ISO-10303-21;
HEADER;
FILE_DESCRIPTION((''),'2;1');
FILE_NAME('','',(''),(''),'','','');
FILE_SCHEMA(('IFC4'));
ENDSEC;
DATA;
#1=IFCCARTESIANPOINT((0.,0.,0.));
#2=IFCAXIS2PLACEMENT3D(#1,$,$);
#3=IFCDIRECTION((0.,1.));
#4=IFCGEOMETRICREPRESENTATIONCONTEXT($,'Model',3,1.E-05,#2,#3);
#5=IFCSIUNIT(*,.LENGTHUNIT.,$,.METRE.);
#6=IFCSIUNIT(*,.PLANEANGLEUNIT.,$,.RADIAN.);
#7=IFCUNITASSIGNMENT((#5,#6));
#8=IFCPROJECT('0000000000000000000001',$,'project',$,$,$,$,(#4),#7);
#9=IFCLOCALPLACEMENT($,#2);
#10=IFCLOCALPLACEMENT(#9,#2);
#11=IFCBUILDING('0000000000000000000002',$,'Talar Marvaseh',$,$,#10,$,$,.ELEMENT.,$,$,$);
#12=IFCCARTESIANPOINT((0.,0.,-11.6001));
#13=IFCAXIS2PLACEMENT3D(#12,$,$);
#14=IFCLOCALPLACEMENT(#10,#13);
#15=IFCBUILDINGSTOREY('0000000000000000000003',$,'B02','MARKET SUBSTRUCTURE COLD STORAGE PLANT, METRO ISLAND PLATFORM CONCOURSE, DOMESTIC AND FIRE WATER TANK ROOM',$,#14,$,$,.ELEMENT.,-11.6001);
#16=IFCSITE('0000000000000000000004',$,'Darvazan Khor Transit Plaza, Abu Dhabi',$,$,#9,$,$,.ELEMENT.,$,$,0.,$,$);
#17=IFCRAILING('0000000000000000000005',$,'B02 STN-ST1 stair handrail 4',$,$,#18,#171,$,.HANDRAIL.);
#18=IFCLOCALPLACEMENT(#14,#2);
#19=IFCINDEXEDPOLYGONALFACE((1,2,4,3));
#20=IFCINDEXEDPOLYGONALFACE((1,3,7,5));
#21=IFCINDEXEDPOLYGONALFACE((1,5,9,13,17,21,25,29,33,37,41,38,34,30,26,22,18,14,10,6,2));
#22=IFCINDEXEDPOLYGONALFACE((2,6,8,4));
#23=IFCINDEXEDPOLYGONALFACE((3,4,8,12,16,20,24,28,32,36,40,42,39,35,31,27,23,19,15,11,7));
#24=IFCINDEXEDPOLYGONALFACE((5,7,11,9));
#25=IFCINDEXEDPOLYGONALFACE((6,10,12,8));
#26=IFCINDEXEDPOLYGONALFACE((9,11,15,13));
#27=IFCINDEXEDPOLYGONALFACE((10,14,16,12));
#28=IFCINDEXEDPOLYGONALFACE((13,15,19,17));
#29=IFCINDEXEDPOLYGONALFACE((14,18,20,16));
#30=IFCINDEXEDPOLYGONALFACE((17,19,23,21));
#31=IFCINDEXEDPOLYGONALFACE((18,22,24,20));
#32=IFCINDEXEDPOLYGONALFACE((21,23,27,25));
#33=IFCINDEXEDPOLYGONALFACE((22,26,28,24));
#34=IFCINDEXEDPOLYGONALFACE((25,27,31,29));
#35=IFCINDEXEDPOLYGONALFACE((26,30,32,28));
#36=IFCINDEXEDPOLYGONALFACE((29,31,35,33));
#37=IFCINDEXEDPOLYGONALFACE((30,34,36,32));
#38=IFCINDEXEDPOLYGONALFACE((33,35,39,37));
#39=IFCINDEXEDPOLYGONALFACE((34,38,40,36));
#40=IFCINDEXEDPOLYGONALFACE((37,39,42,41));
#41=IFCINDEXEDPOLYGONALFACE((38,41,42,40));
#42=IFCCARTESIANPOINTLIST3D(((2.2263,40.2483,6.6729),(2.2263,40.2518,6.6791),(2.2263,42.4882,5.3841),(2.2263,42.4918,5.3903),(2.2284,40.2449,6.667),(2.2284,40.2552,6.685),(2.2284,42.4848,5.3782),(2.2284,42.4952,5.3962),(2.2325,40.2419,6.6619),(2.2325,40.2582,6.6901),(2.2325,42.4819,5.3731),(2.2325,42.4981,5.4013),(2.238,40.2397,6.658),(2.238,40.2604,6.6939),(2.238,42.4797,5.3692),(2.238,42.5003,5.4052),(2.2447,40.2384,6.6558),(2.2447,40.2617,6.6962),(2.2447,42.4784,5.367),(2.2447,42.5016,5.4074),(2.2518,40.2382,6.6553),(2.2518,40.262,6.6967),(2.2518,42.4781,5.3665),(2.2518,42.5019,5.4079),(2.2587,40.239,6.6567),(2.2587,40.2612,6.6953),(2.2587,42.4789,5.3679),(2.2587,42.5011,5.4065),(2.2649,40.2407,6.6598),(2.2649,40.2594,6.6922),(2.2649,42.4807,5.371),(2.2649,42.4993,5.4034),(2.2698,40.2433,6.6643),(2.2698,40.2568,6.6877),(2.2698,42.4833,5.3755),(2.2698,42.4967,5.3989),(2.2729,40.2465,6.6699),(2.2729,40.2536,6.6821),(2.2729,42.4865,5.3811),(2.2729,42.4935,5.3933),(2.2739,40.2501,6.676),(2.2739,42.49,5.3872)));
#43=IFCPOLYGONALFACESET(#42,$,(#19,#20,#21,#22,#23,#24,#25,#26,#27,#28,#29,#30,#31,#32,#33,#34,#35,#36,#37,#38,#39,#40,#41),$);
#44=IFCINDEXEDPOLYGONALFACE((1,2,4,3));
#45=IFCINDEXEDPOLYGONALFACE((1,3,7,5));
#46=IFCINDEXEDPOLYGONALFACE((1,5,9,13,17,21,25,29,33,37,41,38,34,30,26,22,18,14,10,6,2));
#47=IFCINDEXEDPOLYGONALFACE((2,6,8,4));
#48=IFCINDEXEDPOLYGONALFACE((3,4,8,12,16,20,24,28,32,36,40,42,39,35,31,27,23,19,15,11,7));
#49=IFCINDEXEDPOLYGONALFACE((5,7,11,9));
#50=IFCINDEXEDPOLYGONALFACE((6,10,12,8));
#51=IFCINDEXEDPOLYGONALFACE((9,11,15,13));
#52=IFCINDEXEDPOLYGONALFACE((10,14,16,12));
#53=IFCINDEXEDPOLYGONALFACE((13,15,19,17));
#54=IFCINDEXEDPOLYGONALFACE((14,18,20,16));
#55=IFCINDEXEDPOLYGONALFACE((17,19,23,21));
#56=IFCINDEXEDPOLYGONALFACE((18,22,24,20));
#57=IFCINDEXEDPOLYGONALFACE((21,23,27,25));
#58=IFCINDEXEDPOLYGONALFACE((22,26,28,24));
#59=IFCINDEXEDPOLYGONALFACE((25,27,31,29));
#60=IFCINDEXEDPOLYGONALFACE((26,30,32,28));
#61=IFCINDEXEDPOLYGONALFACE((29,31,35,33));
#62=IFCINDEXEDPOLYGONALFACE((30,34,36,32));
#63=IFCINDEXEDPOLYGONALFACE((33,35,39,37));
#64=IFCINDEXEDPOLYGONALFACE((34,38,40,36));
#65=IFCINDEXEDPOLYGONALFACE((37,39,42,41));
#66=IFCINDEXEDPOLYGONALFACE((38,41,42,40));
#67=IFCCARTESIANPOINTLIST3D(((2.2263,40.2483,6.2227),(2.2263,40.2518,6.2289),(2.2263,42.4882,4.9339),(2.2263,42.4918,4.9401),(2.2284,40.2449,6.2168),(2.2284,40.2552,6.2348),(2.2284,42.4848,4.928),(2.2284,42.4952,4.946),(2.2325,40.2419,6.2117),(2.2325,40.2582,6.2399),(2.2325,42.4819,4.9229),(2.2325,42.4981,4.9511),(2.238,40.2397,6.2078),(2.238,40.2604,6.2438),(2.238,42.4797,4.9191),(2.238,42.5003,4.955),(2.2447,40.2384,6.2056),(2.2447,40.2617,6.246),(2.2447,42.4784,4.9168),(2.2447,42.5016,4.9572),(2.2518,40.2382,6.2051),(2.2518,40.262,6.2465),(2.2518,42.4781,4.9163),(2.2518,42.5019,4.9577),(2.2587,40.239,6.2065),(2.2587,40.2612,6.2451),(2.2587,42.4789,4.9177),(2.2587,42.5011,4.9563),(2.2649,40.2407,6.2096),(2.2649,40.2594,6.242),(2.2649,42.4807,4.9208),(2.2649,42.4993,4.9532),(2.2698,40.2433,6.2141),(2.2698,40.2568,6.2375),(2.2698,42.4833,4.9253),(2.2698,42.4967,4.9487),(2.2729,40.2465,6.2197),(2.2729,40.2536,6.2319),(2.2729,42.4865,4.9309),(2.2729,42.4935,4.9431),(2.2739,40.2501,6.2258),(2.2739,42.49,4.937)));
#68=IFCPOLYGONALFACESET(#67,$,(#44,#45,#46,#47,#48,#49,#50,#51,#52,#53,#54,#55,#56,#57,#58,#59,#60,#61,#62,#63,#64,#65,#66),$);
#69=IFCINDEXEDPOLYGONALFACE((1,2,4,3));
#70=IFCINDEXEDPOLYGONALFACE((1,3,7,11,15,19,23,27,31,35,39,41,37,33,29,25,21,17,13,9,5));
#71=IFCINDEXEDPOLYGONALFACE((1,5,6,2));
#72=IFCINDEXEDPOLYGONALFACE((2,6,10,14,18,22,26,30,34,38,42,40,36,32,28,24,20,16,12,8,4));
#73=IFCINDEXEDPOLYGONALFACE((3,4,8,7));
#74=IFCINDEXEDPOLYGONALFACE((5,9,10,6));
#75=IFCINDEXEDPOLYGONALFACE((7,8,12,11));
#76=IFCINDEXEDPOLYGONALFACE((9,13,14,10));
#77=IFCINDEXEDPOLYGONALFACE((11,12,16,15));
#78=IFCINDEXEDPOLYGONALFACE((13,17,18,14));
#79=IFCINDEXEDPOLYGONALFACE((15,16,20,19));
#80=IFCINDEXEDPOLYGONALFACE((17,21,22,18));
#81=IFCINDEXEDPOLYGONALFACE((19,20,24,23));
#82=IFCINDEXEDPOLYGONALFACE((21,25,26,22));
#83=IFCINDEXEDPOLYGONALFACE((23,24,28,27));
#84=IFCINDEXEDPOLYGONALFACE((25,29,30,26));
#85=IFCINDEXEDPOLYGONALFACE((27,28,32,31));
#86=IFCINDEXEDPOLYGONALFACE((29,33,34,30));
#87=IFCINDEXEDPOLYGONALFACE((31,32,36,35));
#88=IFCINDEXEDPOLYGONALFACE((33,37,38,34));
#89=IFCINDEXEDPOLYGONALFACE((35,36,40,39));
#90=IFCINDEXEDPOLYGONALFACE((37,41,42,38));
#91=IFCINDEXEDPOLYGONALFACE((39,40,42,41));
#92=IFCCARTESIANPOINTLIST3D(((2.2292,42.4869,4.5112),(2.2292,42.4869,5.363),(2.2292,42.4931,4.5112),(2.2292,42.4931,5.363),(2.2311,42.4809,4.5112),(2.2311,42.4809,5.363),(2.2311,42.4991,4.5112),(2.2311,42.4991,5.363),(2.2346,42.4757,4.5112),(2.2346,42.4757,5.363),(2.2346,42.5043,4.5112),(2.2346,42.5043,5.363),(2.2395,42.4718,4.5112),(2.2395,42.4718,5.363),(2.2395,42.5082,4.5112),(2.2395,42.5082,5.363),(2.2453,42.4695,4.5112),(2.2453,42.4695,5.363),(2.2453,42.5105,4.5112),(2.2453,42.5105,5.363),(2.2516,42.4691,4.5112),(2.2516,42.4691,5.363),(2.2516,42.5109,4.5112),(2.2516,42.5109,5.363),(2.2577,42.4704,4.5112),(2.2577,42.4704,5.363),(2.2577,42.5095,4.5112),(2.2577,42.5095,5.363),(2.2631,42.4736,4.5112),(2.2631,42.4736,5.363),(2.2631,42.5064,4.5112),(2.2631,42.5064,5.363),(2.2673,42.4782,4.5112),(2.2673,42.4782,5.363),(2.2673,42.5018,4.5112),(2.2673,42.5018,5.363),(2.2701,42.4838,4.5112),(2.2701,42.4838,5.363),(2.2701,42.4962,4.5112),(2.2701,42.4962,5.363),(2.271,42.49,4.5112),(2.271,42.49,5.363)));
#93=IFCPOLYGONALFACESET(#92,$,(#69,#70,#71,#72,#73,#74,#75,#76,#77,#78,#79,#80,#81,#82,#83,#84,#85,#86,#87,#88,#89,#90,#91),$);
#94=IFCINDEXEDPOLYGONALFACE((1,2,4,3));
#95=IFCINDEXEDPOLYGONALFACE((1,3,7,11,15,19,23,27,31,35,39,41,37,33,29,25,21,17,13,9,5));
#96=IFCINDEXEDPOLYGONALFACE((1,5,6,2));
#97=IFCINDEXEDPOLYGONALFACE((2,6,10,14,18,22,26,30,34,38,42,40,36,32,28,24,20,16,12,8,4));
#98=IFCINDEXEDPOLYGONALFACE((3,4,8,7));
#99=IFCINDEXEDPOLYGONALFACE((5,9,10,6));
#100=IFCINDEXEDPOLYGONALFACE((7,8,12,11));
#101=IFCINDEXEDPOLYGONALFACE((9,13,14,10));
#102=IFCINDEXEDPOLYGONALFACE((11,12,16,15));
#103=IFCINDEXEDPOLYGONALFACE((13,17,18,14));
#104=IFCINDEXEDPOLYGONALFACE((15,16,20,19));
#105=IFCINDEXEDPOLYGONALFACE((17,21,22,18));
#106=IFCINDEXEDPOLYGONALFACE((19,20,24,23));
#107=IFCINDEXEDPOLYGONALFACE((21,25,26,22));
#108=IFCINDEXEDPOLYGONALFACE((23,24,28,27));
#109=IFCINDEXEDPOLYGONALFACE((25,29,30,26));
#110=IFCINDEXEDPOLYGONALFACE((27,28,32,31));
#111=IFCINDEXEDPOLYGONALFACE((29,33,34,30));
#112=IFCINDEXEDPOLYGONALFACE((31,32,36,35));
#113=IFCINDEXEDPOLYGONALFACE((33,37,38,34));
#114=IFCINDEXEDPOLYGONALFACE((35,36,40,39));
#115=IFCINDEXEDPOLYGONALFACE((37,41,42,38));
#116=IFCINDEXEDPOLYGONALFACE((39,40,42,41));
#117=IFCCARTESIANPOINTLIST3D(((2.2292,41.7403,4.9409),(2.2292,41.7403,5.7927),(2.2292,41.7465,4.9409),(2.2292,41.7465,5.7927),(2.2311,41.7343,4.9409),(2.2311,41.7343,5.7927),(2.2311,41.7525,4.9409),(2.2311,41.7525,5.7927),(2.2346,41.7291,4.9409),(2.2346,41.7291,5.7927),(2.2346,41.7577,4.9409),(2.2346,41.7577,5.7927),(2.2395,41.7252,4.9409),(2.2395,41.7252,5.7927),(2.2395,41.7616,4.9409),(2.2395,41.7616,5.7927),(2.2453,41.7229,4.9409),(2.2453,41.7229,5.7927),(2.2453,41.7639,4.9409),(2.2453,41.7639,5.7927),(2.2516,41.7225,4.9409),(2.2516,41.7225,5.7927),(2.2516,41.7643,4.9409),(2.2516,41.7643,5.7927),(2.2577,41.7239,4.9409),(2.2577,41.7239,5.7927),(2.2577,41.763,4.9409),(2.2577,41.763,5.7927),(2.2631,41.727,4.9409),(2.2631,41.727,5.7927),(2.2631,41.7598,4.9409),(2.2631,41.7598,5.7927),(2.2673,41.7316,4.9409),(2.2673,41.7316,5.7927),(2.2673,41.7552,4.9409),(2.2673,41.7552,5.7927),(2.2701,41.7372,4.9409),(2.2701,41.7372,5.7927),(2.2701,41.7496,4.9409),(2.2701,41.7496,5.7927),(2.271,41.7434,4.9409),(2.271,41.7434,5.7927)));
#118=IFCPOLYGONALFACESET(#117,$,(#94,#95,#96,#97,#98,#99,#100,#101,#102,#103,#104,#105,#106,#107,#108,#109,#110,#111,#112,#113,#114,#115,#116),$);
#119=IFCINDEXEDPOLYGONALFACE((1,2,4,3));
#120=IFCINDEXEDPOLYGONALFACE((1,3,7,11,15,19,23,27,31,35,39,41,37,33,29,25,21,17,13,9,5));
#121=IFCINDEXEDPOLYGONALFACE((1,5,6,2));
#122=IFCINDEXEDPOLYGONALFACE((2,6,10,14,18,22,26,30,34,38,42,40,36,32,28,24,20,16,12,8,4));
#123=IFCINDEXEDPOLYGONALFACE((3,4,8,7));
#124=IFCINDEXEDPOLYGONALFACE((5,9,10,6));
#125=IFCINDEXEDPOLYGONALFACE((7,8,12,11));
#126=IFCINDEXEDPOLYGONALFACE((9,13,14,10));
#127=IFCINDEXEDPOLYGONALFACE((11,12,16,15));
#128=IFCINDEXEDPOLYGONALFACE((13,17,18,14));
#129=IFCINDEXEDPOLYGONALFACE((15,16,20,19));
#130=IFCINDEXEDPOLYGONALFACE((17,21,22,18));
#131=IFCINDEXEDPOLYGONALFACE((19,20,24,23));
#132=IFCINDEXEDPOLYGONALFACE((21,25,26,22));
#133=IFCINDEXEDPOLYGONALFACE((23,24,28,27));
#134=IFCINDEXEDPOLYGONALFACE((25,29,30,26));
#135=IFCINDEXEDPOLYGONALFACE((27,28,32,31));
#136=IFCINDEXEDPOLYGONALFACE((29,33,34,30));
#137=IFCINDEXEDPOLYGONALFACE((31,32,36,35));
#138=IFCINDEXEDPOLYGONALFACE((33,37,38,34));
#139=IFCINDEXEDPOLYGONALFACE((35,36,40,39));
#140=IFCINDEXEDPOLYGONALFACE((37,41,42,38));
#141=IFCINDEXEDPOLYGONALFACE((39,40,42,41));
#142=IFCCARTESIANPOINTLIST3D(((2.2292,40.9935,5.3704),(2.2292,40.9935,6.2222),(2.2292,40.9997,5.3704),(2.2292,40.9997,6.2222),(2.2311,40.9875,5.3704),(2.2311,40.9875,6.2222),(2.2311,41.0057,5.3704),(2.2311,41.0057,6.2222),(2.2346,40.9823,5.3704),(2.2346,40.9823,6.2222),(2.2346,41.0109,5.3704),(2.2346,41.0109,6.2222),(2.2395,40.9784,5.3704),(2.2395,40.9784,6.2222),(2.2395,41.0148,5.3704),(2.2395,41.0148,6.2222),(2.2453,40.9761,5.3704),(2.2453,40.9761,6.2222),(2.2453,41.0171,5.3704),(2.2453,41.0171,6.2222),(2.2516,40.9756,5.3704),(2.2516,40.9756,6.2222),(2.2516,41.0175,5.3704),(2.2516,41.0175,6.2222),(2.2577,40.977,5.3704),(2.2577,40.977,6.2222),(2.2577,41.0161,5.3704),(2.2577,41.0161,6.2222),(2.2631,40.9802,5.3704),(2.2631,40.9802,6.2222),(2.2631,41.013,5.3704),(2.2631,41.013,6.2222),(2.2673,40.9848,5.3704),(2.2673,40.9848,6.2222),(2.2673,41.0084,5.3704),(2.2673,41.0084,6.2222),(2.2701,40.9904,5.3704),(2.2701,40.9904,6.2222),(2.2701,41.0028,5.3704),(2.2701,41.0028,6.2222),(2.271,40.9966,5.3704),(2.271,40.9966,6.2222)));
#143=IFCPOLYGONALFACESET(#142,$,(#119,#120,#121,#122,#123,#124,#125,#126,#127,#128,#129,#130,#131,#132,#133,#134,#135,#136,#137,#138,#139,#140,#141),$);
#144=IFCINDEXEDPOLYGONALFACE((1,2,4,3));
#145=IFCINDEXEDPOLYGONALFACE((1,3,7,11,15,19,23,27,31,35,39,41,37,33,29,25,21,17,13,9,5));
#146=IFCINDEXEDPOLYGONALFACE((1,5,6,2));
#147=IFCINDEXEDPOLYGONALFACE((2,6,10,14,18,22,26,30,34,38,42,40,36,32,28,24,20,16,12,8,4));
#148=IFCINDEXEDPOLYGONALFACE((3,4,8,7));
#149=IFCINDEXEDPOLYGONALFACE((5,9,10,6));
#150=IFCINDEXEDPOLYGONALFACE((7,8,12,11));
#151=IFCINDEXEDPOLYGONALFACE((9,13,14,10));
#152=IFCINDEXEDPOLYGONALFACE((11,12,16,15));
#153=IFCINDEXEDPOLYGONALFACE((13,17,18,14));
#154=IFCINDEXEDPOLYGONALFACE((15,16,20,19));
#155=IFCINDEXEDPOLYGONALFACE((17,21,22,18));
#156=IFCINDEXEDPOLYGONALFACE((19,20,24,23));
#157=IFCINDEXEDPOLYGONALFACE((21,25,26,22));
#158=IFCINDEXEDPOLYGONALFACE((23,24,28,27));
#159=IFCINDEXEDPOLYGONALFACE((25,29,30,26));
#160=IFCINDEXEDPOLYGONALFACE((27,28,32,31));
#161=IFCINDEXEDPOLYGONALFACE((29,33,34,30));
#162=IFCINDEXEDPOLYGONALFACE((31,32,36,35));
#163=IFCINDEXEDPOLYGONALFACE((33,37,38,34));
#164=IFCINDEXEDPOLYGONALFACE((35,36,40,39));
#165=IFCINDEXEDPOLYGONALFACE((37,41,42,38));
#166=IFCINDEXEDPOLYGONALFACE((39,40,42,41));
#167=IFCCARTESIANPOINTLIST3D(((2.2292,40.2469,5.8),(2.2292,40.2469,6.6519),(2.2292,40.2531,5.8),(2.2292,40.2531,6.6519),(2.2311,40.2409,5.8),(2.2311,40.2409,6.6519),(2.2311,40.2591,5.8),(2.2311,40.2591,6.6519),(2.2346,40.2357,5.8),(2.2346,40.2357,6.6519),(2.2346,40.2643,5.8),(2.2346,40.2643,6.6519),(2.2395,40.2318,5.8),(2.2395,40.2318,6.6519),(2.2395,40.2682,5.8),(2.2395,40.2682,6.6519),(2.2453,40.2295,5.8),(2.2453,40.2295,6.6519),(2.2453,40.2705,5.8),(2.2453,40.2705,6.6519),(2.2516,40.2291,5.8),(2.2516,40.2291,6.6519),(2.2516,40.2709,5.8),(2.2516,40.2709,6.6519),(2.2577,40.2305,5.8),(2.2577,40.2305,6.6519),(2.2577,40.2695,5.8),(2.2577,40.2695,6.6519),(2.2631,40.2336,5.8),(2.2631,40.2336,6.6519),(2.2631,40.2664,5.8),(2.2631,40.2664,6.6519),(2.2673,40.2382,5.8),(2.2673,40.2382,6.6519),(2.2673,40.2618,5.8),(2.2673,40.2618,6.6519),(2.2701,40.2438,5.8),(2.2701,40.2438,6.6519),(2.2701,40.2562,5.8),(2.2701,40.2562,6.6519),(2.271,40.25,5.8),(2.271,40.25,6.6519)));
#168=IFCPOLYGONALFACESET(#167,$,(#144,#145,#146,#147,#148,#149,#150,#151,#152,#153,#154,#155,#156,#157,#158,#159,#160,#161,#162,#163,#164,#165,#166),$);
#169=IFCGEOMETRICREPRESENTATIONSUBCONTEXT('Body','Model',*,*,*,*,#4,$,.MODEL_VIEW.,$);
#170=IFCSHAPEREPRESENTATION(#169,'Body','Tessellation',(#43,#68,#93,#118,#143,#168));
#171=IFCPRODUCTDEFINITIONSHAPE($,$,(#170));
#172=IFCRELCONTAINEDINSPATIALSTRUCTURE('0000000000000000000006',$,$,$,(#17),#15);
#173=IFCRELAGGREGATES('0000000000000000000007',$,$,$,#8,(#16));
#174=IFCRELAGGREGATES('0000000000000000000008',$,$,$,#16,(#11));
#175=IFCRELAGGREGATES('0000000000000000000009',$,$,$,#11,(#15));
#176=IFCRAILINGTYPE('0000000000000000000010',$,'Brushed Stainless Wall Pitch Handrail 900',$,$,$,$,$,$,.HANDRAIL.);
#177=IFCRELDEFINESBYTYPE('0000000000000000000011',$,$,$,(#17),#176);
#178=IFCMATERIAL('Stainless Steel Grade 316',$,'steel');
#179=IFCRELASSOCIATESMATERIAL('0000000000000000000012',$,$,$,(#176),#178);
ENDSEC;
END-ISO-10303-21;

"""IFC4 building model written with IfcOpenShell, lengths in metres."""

from ifc_helpers import new_model, si_unit, direction, frame, origin, origin_2d, place, context, subcontext, project, spatial, circle, extrude, material, type_object, element, save


model = new_model("IFC4")

# Units and contexts
model_context = context("Model", 3, precision=1e-05, world=origin(), true_north=direction((0.0, 1.0)))
body_context = subcontext(model_context, "Body", "Model", "MODEL_VIEW")
ifc_project = project(units=[si_unit("LENGTHUNIT", "METRE"), si_unit("PLANEANGLEUNIT", "RADIAN")], contexts=[model_context])

# Site, building, storey
site_placement = place(None, origin())
site = spatial("IfcSite", under=ifc_project, at=site_placement, Name="Darvazan Khor Transit Plaza, Abu Dhabi", CompositionType="ELEMENT", RefElevation=0.0)
building_placement = place(site_placement, origin())
building = spatial("IfcBuilding", under=site, at=building_placement, Name="Talar Marvaseh", CompositionType="ELEMENT")
storey_placement = place(building_placement, frame((0.0, 0.0, -11.6001)))
storey = spatial("IfcBuildingStorey", under=building, at=storey_placement, Name="B02", Description="MARKET SUBSTRUCTURE COLD STORAGE PLANT, METRO ISLAND PLATFORM CONCOURSE, DOMESTIC AND FIRE WATER TANK ROOM", CompositionType="ELEMENT", Elevation=-11.6001)

# Railing
ifc_material_1 = material(Name="Stainless Steel Grade 316", Category="steel")
railing_type_1 = type_object("IfcRailingType", Name="Brushed Stainless Wall Pitch Handrail 900", PredefinedType="HANDRAIL", material=ifc_material_1)
for number, where, name in (
    (1, (2.25, 42.49, 4.5112), "B02 STN-ST1 stair handrail 4"),
):
    element("IfcRailing", number, at=place(storey_placement, frame(where)), inside=storey, type_object=railing_type_1, Name=name, PredefinedType="HANDRAIL", context=body_context, shape_type="SweptSolid", body=[
        extrude(circle(Radius=0.0239, at=origin_2d()), frame((0.0, 0.0, 0.876), z_axis=(0.0, -0.866768, 0.498711), x_axis=(1.0, 0.0, 0.0)), (0.0, 0.0, 1.0), 2.5842),
        extrude(circle(Radius=0.0239, at=origin_2d()), frame((0.0, 0.0, 0.4258), z_axis=(0.0, -0.866768, 0.498711), x_axis=(1.0, 0.0, 0.0)), (0.0, 0.0, 1.0), 2.5842),
        extrude(circle(Radius=0.021, at=origin_2d()), origin(), (0.0, 0.0, 1.0), 0.8518),
        extrude(circle(Radius=0.021, at=origin_2d()), frame((0.0, -0.7466, 0.4297)), (0.0, 0.0, 1.0), 0.8518),
        extrude(circle(Radius=0.021, at=origin_2d()), frame((0.0, -1.4934, 0.8591)), (0.0, 0.0, 1.0), 0.8518),
        extrude(circle(Radius=0.021, at=origin_2d()), frame((0.0, -2.24, 1.2888)), (0.0, 0.0, 1.0), 0.8518),
    ])

save(model, "model.ifc")
